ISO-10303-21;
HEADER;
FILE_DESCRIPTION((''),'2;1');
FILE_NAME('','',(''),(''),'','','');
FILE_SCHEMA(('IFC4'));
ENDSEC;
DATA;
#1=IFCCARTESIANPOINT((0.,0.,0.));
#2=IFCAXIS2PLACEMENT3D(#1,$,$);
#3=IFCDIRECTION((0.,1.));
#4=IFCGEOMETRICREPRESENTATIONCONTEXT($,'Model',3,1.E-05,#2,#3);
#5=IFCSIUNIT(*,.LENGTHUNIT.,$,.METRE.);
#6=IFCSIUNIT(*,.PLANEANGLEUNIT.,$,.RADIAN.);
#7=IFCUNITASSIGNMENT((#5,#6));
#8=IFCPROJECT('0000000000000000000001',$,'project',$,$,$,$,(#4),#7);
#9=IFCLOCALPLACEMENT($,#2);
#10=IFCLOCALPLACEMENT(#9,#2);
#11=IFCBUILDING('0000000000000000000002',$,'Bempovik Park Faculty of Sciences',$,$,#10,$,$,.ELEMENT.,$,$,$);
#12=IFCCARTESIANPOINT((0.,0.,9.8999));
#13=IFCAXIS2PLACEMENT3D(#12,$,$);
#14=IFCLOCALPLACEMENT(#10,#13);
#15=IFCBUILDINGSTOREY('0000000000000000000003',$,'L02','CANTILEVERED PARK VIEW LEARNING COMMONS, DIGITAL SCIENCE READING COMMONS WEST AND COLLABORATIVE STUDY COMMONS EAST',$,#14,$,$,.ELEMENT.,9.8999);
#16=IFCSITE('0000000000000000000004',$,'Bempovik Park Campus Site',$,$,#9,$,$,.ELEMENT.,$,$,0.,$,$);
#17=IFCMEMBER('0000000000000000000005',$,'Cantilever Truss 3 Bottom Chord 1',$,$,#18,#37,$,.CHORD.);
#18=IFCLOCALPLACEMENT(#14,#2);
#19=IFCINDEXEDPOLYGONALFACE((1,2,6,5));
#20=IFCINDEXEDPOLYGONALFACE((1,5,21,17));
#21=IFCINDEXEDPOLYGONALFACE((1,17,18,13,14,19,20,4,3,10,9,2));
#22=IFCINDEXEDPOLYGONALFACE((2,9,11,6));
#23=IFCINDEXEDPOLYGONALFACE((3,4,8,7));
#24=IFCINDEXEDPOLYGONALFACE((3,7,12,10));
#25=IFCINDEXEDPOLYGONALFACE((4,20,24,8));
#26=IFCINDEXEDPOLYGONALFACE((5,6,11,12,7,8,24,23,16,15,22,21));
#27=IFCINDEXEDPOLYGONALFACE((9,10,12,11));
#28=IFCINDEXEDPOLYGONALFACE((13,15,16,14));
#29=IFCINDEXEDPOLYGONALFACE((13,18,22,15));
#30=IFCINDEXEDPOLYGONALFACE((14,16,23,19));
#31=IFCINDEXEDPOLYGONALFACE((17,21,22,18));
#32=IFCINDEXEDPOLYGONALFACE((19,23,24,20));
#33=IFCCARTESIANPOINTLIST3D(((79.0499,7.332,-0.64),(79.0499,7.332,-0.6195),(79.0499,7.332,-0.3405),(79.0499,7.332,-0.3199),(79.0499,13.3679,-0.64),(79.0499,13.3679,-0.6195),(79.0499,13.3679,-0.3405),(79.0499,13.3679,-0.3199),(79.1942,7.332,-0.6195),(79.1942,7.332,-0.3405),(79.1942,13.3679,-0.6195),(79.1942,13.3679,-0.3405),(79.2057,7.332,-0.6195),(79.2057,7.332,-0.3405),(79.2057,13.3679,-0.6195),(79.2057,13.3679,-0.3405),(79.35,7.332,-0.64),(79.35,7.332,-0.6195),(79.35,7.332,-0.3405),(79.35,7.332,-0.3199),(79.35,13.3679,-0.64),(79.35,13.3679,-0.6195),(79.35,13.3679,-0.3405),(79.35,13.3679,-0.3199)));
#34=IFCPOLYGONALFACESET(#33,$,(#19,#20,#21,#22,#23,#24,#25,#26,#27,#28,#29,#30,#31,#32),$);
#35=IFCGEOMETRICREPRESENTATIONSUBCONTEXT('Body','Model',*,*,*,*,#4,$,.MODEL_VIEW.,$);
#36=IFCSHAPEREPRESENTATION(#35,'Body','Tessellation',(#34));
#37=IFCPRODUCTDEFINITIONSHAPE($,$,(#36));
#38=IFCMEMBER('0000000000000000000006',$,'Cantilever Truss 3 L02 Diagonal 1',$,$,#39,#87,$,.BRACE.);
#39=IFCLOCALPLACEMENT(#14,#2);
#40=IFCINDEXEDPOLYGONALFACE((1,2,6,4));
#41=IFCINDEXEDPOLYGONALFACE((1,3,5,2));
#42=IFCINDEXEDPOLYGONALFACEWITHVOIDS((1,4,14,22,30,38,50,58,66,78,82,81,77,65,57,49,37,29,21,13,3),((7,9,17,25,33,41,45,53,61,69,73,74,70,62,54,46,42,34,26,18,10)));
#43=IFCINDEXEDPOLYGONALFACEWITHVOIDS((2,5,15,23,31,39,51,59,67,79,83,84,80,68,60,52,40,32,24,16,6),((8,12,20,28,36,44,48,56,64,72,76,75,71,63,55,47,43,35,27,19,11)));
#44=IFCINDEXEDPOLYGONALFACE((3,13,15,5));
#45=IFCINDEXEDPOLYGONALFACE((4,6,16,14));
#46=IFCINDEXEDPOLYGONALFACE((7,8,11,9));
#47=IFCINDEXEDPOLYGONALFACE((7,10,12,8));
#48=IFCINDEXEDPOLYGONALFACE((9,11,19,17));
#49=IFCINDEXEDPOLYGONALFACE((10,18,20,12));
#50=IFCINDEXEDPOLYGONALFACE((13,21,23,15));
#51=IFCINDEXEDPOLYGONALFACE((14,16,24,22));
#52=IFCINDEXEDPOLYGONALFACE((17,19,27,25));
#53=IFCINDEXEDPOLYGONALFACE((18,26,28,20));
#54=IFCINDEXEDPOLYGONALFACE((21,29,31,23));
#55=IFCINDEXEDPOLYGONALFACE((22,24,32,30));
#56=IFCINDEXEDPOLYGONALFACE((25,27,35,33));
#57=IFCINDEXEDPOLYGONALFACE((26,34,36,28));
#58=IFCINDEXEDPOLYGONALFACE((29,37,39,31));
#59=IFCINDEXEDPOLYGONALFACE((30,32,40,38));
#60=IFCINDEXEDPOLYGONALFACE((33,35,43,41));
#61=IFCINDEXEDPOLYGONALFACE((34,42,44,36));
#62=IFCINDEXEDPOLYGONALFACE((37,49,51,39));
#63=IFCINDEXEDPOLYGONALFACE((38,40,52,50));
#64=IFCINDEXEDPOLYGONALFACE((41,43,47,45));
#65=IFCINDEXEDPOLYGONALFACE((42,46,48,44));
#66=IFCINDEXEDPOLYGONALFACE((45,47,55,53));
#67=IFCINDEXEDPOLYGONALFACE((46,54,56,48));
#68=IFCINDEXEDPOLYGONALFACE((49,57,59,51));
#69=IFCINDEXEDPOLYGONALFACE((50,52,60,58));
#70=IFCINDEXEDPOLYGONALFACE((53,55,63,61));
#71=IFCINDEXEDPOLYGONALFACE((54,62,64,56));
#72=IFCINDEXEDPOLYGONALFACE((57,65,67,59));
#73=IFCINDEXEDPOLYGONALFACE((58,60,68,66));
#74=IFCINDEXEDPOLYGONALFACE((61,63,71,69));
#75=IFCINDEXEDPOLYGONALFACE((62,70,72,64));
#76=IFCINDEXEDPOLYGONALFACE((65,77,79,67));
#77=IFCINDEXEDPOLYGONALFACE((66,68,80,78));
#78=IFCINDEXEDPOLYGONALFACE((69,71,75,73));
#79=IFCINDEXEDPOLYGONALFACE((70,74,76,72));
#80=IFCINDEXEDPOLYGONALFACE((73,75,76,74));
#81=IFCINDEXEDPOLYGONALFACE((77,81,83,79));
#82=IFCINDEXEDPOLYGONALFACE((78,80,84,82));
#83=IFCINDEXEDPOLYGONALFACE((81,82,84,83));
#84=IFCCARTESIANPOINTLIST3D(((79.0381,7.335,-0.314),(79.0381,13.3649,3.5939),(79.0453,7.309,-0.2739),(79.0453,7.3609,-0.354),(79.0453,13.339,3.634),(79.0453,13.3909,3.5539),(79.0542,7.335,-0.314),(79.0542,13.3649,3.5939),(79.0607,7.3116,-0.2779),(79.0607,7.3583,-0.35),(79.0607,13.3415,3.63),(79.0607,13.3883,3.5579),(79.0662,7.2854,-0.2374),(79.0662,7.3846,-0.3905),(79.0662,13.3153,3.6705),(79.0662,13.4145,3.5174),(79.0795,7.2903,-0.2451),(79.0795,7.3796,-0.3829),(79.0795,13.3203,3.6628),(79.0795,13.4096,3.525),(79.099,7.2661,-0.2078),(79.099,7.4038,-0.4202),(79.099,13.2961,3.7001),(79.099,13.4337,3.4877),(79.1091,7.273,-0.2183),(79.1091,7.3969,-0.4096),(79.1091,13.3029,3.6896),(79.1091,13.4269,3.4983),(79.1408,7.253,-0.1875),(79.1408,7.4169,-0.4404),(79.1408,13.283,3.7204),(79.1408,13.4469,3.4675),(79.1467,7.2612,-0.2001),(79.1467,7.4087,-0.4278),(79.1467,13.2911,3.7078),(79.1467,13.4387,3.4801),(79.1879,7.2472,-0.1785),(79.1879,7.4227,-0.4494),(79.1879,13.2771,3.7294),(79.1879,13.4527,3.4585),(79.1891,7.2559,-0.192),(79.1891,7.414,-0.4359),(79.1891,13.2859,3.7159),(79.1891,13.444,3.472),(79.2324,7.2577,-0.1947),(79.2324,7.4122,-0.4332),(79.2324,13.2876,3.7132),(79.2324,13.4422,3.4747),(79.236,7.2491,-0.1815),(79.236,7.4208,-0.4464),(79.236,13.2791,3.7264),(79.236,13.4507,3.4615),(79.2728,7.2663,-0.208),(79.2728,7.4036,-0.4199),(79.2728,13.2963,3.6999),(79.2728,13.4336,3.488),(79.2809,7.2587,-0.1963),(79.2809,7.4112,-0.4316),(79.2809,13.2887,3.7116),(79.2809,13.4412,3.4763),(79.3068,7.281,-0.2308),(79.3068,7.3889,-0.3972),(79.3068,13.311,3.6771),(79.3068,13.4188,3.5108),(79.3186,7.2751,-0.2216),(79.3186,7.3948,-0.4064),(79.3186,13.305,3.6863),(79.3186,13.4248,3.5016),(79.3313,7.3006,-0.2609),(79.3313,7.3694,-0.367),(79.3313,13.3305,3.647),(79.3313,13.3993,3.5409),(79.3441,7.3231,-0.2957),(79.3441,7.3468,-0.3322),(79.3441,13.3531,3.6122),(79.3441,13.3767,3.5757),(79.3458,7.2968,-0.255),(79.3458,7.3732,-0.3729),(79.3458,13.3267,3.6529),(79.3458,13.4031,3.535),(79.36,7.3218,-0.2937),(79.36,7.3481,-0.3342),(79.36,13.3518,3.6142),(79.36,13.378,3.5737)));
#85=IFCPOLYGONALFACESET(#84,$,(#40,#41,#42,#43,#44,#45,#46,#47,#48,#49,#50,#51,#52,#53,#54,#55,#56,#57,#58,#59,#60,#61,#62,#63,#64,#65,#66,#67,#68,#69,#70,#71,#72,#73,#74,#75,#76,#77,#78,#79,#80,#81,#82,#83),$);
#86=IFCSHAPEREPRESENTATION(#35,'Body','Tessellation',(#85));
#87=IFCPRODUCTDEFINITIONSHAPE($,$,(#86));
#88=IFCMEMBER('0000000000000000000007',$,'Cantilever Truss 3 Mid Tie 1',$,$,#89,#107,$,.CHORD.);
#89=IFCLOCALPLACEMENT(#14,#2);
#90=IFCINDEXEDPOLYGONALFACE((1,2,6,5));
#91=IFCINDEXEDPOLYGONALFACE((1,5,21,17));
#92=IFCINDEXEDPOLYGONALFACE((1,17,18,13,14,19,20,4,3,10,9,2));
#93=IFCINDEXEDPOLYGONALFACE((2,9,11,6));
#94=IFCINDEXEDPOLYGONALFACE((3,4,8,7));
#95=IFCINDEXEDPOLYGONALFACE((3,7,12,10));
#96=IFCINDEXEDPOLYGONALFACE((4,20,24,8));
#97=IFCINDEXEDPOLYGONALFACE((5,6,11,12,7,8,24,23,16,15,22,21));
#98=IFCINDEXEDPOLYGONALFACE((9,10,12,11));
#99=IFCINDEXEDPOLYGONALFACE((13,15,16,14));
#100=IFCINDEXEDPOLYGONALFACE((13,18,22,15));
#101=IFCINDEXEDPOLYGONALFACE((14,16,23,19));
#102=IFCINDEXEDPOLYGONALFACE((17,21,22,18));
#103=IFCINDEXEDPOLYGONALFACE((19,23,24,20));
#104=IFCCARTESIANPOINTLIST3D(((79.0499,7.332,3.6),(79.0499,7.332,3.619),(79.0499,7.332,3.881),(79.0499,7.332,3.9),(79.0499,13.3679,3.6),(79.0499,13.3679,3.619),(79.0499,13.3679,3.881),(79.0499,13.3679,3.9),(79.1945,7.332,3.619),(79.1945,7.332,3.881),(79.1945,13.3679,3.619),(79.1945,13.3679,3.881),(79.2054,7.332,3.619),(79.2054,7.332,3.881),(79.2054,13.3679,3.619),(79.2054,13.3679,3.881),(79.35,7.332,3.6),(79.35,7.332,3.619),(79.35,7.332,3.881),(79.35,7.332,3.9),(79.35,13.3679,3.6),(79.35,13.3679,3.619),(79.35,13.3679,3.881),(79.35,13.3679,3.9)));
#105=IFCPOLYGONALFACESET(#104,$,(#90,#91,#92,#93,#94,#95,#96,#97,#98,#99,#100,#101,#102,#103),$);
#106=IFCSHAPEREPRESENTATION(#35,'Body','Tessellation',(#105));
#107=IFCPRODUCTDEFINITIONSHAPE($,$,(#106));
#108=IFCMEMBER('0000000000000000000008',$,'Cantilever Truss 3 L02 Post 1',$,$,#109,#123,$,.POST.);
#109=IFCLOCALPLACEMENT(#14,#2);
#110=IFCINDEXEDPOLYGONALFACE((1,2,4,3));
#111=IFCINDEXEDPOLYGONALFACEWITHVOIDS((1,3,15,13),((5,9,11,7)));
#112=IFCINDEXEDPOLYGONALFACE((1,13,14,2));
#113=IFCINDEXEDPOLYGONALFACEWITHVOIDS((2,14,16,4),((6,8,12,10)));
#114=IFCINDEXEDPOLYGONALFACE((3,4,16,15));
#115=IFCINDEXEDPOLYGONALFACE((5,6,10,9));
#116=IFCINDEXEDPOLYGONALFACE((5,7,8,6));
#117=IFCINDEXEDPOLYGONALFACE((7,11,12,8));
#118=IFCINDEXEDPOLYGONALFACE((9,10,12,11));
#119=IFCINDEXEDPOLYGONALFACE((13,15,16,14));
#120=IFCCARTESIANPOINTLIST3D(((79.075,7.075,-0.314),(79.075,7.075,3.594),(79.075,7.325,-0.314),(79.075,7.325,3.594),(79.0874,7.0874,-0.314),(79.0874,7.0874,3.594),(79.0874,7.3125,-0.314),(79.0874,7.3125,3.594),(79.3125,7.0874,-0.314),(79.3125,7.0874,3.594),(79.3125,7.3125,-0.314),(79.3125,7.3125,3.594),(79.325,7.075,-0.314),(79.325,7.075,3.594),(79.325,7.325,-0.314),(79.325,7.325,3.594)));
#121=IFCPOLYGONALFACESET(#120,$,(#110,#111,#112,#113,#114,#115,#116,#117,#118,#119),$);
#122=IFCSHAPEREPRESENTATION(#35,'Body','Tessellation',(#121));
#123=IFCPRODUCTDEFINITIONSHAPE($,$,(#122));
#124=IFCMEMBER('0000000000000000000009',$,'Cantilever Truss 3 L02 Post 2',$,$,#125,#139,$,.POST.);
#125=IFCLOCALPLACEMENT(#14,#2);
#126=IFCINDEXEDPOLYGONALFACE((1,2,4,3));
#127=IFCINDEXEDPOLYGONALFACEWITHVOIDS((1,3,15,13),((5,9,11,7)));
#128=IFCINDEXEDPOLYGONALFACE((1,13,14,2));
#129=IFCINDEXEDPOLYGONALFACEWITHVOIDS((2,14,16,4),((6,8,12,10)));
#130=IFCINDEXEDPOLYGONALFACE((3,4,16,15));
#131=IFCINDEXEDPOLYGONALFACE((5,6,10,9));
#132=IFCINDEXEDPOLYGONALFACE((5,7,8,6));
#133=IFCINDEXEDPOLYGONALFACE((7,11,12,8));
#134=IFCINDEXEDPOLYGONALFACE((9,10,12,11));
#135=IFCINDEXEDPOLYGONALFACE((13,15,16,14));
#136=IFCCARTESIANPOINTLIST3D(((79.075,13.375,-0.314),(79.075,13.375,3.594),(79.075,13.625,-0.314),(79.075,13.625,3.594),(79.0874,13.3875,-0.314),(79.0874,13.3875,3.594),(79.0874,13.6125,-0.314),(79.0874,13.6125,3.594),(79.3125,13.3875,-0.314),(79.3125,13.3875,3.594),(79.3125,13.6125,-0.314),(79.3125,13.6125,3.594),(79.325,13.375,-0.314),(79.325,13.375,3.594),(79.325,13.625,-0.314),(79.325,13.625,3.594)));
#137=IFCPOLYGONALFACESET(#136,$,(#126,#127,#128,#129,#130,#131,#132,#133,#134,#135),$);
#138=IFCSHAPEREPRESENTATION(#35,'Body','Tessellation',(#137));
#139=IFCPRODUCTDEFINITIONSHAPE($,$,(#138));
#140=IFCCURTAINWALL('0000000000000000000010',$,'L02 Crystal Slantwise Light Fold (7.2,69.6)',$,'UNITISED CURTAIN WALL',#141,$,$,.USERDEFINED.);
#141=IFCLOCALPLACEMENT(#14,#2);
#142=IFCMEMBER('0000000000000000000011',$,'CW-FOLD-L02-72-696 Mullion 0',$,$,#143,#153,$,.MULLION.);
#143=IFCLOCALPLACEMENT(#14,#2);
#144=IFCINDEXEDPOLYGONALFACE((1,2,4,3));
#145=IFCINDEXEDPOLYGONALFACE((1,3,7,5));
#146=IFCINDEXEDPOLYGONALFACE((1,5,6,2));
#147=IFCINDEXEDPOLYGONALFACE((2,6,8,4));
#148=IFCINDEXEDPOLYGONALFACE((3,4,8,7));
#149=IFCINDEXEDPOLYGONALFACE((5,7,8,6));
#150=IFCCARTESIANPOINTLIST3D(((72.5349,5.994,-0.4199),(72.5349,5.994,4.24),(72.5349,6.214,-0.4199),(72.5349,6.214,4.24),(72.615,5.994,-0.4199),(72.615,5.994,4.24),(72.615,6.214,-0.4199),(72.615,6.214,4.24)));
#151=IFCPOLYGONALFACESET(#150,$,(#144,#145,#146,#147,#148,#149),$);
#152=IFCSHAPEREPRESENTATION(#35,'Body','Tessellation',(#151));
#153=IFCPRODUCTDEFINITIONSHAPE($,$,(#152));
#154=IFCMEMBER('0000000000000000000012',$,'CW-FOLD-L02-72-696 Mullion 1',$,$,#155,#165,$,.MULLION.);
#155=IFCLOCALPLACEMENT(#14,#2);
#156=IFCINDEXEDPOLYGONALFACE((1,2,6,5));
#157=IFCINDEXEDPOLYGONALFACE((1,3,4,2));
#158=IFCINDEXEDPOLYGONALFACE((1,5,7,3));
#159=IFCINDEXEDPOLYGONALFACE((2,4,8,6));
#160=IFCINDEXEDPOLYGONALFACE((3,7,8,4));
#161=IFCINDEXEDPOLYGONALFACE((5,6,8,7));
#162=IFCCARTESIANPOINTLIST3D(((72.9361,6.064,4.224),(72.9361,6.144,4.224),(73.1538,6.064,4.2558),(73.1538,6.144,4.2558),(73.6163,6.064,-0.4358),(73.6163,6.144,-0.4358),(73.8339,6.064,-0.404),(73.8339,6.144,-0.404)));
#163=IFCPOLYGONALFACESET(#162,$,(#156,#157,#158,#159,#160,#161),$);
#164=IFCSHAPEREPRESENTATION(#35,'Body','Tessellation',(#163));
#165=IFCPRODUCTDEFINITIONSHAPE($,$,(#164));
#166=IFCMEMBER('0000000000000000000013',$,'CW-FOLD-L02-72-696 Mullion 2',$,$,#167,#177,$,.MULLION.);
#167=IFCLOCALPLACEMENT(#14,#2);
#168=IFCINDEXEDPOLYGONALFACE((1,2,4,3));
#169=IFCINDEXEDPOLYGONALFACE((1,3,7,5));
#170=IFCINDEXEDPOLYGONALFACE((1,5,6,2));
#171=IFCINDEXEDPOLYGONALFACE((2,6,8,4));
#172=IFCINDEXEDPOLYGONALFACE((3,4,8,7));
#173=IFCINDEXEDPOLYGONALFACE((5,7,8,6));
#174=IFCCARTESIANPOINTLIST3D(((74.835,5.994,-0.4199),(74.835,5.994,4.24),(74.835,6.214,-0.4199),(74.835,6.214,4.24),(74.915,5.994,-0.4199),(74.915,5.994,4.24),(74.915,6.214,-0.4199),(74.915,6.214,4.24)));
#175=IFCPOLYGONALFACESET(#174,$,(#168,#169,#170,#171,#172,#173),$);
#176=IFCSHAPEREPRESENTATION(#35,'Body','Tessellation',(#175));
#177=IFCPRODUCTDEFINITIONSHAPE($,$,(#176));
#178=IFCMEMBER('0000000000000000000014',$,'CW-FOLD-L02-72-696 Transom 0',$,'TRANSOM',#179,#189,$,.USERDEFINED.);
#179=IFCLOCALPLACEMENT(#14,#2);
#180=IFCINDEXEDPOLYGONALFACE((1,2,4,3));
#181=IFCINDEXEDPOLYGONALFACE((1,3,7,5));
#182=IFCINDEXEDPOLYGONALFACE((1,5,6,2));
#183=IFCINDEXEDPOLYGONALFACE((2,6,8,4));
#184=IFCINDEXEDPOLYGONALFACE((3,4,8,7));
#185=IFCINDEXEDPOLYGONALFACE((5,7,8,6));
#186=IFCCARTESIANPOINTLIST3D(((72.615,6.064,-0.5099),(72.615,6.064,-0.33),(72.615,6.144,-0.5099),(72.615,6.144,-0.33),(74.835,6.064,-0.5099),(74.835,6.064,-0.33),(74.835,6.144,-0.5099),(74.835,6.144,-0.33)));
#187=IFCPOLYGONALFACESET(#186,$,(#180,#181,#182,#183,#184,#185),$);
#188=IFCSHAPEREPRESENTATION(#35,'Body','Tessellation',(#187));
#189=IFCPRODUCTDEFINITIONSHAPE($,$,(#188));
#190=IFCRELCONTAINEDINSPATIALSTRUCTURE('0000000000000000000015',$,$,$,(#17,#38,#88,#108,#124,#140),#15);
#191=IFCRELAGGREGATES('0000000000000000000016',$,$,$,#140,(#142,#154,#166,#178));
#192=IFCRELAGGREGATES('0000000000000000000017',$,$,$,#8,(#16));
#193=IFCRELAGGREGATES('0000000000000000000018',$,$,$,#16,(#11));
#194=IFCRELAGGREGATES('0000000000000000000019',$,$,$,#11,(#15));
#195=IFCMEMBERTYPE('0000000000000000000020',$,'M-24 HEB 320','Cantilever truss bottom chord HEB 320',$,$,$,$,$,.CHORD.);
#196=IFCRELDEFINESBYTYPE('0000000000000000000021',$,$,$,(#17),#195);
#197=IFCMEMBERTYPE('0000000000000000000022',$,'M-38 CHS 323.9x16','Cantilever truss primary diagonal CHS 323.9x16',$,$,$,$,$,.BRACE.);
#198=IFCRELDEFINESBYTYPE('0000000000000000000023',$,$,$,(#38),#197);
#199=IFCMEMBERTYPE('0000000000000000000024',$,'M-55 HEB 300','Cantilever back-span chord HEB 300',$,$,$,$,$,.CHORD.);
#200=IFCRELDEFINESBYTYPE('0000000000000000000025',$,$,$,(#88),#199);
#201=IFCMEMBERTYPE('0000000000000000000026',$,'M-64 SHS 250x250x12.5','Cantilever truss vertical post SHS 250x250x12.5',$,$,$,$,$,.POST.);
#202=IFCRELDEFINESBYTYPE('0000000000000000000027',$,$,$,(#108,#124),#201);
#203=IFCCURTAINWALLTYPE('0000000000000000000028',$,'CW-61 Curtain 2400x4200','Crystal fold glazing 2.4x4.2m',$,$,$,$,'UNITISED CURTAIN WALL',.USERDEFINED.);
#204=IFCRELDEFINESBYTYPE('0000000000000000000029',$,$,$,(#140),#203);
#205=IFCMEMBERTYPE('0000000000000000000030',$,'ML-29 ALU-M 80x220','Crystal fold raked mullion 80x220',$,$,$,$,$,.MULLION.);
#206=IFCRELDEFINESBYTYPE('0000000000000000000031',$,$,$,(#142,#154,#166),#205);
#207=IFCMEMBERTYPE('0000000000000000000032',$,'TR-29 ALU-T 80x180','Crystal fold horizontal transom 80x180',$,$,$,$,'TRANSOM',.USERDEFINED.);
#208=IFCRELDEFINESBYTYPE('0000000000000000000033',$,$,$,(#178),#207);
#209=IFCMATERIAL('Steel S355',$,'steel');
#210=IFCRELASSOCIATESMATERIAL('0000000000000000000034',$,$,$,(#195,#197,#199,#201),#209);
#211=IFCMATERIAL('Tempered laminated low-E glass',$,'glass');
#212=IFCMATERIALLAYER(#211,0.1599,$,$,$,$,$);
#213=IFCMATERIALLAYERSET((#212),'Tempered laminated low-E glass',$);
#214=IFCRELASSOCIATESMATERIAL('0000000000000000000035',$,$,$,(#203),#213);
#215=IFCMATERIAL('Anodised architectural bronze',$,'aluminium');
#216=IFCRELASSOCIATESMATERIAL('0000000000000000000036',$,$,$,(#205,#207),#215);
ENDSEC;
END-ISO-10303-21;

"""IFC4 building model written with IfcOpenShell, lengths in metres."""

from ifc_helpers import new_model, si_unit, direction, frame, origin, origin_2d, place, context, subcontext, project, spatial, rectangle, hollow_rectangle, hollow_circle, i_section, extrude, material, layer, layer_set, material_profile, profile_set, type_object, element, aggregate, save


model = new_model("IFC4")

# Units and contexts
model_context = context("Model", 3, precision=1e-05, world=origin(), true_north=direction((0.0, 1.0)))
body_context = subcontext(model_context, "Body", "Model", "MODEL_VIEW")
ifc_project = project(units=[si_unit("LENGTHUNIT", "METRE"), si_unit("PLANEANGLEUNIT", "RADIAN")], contexts=[model_context])

# Site, building, storey
site_placement = place(None, origin())
site = spatial("IfcSite", under=ifc_project, at=site_placement, Name="Bempovik Park Campus Site", CompositionType="ELEMENT", RefElevation=0.0)
building_placement = place(site_placement, origin())
building = spatial("IfcBuilding", under=site, at=building_placement, Name="Bempovik Park Faculty of Sciences", CompositionType="ELEMENT")
storey_placement = place(building_placement, frame((0.0, 0.0, 9.8999)))
storey = spatial("IfcBuildingStorey", under=building, at=storey_placement, Name="L02", Description="CANTILEVERED PARK VIEW LEARNING COMMONS, DIGITAL SCIENCE READING COMMONS WEST AND COLLABORATIVE STUDY COMMONS EAST", CompositionType="ELEMENT", Elevation=9.8999)

# Members
ifc_material_1 = material(Name="Steel S355", Category="steel")
ifc_material_profile_1 = material_profile(ifc_material_1, i_section(OverallWidth=0.3, OverallDepth=0.3201, WebThickness=0.0115, FlangeThickness=0.0205, at=origin_2d()), Name="HEB 320")
ifc_profile_set_1 = profile_set([ifc_material_profile_1], Name="Steel S355")
member_type_1 = type_object("IfcMemberType", Name="M-24 HEB 320", Description="Cantilever truss bottom chord HEB 320", PredefinedType="CHORD", material=ifc_profile_set_1)
member_1_placement = place(storey_placement, frame((79.2, 7.332, -0.48), z_axis=(0.0, 1.0, 0.0), x_axis=(-1.0, 0.0, 0.0)))
element("IfcMember", 1, at=member_1_placement, inside=storey, type_object=member_type_1, Name="Cantilever Truss 3 Bottom Chord 1", PredefinedType="CHORD", context=body_context, shape_type="SweptSolid", body=[
    extrude(i_section(OverallWidth=0.3, OverallDepth=0.3201, WebThickness=0.0115, FlangeThickness=0.0205, at=origin_2d()), origin(), (0.0, 0.0, 1.0), 6.0359),
])
ifc_material_profile_2 = material_profile(ifc_material_1, hollow_circle(Radius=0.1619, WallThickness=0.0161, at=origin_2d()), Name="CHS 323.9x16")
ifc_profile_set_2 = profile_set([ifc_material_profile_2], Name="Steel S355")
member_type_2 = type_object("IfcMemberType", Name="M-38 CHS 323.9x16", Description="Cantilever truss primary diagonal CHS 323.9x16", PredefinedType="BRACE", material=ifc_profile_set_2)
member_2_placement = place(storey_placement, frame((79.2, 7.335, -0.314), z_axis=(0.0, 0.839178, 0.543857), x_axis=(-1.0, 0.0, 0.0)))
element("IfcMember", 2, at=member_2_placement, inside=storey, type_object=member_type_2, Name="Cantilever Truss 3 L02 Diagonal 1", PredefinedType="BRACE", context=body_context, shape_type="SweptSolid", body=[
    extrude(hollow_circle(Radius=0.1619, WallThickness=0.0161, at=origin_2d()), origin(), (0.0, 0.0, 1.0), 7.1855),
])
ifc_material_profile_3 = material_profile(ifc_material_1, i_section(OverallWidth=0.3, OverallDepth=0.3, WebThickness=0.011, FlangeThickness=0.019, at=origin_2d()), Name="HEB 300")
ifc_profile_set_3 = profile_set([ifc_material_profile_3], Name="Steel S355")
member_type_3 = type_object("IfcMemberType", Name="M-55 HEB 300", Description="Cantilever back-span chord HEB 300", PredefinedType="CHORD", material=ifc_profile_set_3)
member_3_placement = place(storey_placement, frame((79.2, 7.332, 3.75), z_axis=(0.0, 1.0, 0.0), x_axis=(-1.0, 0.0, 0.0)))
element("IfcMember", 3, at=member_3_placement, inside=storey, type_object=member_type_3, Name="Cantilever Truss 3 Mid Tie 1", PredefinedType="CHORD", context=body_context, shape_type="SweptSolid", body=[
    extrude(i_section(OverallWidth=0.3, OverallDepth=0.3, WebThickness=0.011, FlangeThickness=0.019, at=origin_2d()), origin(), (0.0, 0.0, 1.0), 6.0359),
])
ifc_material_profile_4 = material_profile(ifc_material_1, hollow_rectangle(XDim=0.25, YDim=0.25, WallThickness=0.0125, at=origin_2d()), Name="SHS 250x250x12.5")
ifc_profile_set_4 = profile_set([ifc_material_profile_4], Name="Steel S355")
member_type_4 = type_object("IfcMemberType", Name="M-64 SHS 250x250x12.5", Description="Cantilever truss vertical post SHS 250x250x12.5", PredefinedType="POST", material=ifc_profile_set_4)
for number, where, z_axis, x_axis, name in (
    (4, (79.2, 7.2, -0.314), (0.0, 0.0, 1.0), (1.0, 0.0, 0.0), "Cantilever Truss 3 L02 Post 1"),
    (5, (79.2, 13.5, -0.314), (0.0, 0.0, 1.0), (1.0, 0.0, 0.0), "Cantilever Truss 3 L02 Post 2"),
):
    element("IfcMember", number, at=place(storey_placement, frame(where, z_axis=z_axis, x_axis=x_axis)), inside=storey, type_object=member_type_4, Name=name, PredefinedType="POST", context=body_context, shape_type="SweptSolid", body=[
        extrude(hollow_rectangle(XDim=0.25, YDim=0.25, WallThickness=0.0125, at=origin_2d()), origin(), (0.0, 0.0, 1.0), 3.908),
    ])

# Curtain wall, members
ifc_material_2 = material(Name="Tempered laminated low-E glass", Category="glass")
ifc_layer_1 = layer(ifc_material_2, 0.1599)
ifc_layer_set_1 = layer_set([ifc_layer_1], Name="Tempered laminated low-E glass")
curtain_wall_type = type_object("IfcCurtainWallType", Name="CW-61 Curtain 2400x4200", Description="Crystal fold glazing 2.4x4.2m", ElementType="UNITISED CURTAIN WALL", PredefinedType="USERDEFINED", material=ifc_layer_set_1)
curtain_wall_placement = place(storey_placement, origin())
curtain_wall = element("IfcCurtainWall", 6, at=curtain_wall_placement, inside=storey, type_object=curtain_wall_type, Name="L02 Crystal Slantwise Light Fold (7.2,69.6)", ObjectType="UNITISED CURTAIN WALL", PredefinedType="USERDEFINED")
ifc_material_3 = material(Name="Anodised architectural bronze", Category="aluminium")
ifc_material_profile_5 = material_profile(ifc_material_3, rectangle(XDim=0.0801, YDim=0.22, at=origin_2d()), Name="ALU-M 80x220")
ifc_profile_set_5 = profile_set([ifc_material_profile_5], Name="Anodised architectural bronze")
member_type_5 = type_object("IfcMemberType", Name="ML-29 ALU-M 80x220", Description="Crystal fold raked mullion 80x220", PredefinedType="MULLION", material=ifc_profile_set_5)
member_4_placement = place(storey_placement, frame((72.575, 6.104, -0.4199), z_axis=(0.0, 0.0, 1.0), x_axis=(1.0, 0.0, 0.0)))
member_4 = element("IfcMember", 7, at=member_4_placement, type_object=member_type_5, Name="CW-FOLD-L02-72-696 Mullion 0", PredefinedType="MULLION", context=body_context, shape_type="SweptSolid", body=[
    extrude(rectangle(XDim=0.0801, YDim=0.22, at=origin_2d()), origin(), (0.0, 0.0, 1.0), 4.6599),
])
member_5_placement = place(storey_placement, frame((73.7251, 6.104, -0.4199), z_axis=(-0.144433, 0.0, 0.989515), x_axis=(0.0, -1.0, 0.0)))
member_5 = element("IfcMember", 8, at=member_5_placement, type_object=member_type_5, Name="CW-FOLD-L02-72-696 Mullion 1", PredefinedType="MULLION", context=body_context, shape_type="SweptSolid", body=[
    extrude(rectangle(XDim=0.0801, YDim=0.22, at=origin_2d()), origin(), (0.0, 0.0, 1.0), 4.7092),
])
member_6_placement = place(storey_placement, frame((74.875, 6.104, -0.4199), z_axis=(0.0, 0.0, 1.0), x_axis=(1.0, 0.0, 0.0)))
member_6 = element("IfcMember", 9, at=member_6_placement, type_object=member_type_5, Name="CW-FOLD-L02-72-696 Mullion 2", PredefinedType="MULLION", context=body_context, shape_type="SweptSolid", body=[
    extrude(rectangle(XDim=0.0801, YDim=0.22, at=origin_2d()), origin(), (0.0, 0.0, 1.0), 4.6599),
])
ifc_material_profile_6 = material_profile(ifc_material_3, rectangle(XDim=0.0801, YDim=0.1799, at=origin_2d()), Name="ALU-T 80x180")
ifc_profile_set_6 = profile_set([ifc_material_profile_6], Name="Anodised architectural bronze")
member_type_6 = type_object("IfcMemberType", Name="TR-29 ALU-T 80x180", Description="Crystal fold horizontal transom 80x180", ElementType="TRANSOM", PredefinedType="USERDEFINED", material=ifc_profile_set_6)
member_7_placement = place(storey_placement, frame((72.615, 6.104, -0.4199), z_axis=(1.0, 0.0, 0.0), x_axis=(0.0, 1.0, 0.0)))
member_7 = element("IfcMember", 10, at=member_7_placement, type_object=member_type_6, Name="CW-FOLD-L02-72-696 Transom 0", ObjectType="TRANSOM", PredefinedType="USERDEFINED", context=body_context, shape_type="SweptSolid", body=[
    extrude(rectangle(XDim=0.0801, YDim=0.1799, at=origin_2d()), origin(), (0.0, 0.0, 1.0), 2.22),
])
aggregate(curtain_wall, [member_4, member_5, member_6, member_7])

save(model, "model.ifc")
